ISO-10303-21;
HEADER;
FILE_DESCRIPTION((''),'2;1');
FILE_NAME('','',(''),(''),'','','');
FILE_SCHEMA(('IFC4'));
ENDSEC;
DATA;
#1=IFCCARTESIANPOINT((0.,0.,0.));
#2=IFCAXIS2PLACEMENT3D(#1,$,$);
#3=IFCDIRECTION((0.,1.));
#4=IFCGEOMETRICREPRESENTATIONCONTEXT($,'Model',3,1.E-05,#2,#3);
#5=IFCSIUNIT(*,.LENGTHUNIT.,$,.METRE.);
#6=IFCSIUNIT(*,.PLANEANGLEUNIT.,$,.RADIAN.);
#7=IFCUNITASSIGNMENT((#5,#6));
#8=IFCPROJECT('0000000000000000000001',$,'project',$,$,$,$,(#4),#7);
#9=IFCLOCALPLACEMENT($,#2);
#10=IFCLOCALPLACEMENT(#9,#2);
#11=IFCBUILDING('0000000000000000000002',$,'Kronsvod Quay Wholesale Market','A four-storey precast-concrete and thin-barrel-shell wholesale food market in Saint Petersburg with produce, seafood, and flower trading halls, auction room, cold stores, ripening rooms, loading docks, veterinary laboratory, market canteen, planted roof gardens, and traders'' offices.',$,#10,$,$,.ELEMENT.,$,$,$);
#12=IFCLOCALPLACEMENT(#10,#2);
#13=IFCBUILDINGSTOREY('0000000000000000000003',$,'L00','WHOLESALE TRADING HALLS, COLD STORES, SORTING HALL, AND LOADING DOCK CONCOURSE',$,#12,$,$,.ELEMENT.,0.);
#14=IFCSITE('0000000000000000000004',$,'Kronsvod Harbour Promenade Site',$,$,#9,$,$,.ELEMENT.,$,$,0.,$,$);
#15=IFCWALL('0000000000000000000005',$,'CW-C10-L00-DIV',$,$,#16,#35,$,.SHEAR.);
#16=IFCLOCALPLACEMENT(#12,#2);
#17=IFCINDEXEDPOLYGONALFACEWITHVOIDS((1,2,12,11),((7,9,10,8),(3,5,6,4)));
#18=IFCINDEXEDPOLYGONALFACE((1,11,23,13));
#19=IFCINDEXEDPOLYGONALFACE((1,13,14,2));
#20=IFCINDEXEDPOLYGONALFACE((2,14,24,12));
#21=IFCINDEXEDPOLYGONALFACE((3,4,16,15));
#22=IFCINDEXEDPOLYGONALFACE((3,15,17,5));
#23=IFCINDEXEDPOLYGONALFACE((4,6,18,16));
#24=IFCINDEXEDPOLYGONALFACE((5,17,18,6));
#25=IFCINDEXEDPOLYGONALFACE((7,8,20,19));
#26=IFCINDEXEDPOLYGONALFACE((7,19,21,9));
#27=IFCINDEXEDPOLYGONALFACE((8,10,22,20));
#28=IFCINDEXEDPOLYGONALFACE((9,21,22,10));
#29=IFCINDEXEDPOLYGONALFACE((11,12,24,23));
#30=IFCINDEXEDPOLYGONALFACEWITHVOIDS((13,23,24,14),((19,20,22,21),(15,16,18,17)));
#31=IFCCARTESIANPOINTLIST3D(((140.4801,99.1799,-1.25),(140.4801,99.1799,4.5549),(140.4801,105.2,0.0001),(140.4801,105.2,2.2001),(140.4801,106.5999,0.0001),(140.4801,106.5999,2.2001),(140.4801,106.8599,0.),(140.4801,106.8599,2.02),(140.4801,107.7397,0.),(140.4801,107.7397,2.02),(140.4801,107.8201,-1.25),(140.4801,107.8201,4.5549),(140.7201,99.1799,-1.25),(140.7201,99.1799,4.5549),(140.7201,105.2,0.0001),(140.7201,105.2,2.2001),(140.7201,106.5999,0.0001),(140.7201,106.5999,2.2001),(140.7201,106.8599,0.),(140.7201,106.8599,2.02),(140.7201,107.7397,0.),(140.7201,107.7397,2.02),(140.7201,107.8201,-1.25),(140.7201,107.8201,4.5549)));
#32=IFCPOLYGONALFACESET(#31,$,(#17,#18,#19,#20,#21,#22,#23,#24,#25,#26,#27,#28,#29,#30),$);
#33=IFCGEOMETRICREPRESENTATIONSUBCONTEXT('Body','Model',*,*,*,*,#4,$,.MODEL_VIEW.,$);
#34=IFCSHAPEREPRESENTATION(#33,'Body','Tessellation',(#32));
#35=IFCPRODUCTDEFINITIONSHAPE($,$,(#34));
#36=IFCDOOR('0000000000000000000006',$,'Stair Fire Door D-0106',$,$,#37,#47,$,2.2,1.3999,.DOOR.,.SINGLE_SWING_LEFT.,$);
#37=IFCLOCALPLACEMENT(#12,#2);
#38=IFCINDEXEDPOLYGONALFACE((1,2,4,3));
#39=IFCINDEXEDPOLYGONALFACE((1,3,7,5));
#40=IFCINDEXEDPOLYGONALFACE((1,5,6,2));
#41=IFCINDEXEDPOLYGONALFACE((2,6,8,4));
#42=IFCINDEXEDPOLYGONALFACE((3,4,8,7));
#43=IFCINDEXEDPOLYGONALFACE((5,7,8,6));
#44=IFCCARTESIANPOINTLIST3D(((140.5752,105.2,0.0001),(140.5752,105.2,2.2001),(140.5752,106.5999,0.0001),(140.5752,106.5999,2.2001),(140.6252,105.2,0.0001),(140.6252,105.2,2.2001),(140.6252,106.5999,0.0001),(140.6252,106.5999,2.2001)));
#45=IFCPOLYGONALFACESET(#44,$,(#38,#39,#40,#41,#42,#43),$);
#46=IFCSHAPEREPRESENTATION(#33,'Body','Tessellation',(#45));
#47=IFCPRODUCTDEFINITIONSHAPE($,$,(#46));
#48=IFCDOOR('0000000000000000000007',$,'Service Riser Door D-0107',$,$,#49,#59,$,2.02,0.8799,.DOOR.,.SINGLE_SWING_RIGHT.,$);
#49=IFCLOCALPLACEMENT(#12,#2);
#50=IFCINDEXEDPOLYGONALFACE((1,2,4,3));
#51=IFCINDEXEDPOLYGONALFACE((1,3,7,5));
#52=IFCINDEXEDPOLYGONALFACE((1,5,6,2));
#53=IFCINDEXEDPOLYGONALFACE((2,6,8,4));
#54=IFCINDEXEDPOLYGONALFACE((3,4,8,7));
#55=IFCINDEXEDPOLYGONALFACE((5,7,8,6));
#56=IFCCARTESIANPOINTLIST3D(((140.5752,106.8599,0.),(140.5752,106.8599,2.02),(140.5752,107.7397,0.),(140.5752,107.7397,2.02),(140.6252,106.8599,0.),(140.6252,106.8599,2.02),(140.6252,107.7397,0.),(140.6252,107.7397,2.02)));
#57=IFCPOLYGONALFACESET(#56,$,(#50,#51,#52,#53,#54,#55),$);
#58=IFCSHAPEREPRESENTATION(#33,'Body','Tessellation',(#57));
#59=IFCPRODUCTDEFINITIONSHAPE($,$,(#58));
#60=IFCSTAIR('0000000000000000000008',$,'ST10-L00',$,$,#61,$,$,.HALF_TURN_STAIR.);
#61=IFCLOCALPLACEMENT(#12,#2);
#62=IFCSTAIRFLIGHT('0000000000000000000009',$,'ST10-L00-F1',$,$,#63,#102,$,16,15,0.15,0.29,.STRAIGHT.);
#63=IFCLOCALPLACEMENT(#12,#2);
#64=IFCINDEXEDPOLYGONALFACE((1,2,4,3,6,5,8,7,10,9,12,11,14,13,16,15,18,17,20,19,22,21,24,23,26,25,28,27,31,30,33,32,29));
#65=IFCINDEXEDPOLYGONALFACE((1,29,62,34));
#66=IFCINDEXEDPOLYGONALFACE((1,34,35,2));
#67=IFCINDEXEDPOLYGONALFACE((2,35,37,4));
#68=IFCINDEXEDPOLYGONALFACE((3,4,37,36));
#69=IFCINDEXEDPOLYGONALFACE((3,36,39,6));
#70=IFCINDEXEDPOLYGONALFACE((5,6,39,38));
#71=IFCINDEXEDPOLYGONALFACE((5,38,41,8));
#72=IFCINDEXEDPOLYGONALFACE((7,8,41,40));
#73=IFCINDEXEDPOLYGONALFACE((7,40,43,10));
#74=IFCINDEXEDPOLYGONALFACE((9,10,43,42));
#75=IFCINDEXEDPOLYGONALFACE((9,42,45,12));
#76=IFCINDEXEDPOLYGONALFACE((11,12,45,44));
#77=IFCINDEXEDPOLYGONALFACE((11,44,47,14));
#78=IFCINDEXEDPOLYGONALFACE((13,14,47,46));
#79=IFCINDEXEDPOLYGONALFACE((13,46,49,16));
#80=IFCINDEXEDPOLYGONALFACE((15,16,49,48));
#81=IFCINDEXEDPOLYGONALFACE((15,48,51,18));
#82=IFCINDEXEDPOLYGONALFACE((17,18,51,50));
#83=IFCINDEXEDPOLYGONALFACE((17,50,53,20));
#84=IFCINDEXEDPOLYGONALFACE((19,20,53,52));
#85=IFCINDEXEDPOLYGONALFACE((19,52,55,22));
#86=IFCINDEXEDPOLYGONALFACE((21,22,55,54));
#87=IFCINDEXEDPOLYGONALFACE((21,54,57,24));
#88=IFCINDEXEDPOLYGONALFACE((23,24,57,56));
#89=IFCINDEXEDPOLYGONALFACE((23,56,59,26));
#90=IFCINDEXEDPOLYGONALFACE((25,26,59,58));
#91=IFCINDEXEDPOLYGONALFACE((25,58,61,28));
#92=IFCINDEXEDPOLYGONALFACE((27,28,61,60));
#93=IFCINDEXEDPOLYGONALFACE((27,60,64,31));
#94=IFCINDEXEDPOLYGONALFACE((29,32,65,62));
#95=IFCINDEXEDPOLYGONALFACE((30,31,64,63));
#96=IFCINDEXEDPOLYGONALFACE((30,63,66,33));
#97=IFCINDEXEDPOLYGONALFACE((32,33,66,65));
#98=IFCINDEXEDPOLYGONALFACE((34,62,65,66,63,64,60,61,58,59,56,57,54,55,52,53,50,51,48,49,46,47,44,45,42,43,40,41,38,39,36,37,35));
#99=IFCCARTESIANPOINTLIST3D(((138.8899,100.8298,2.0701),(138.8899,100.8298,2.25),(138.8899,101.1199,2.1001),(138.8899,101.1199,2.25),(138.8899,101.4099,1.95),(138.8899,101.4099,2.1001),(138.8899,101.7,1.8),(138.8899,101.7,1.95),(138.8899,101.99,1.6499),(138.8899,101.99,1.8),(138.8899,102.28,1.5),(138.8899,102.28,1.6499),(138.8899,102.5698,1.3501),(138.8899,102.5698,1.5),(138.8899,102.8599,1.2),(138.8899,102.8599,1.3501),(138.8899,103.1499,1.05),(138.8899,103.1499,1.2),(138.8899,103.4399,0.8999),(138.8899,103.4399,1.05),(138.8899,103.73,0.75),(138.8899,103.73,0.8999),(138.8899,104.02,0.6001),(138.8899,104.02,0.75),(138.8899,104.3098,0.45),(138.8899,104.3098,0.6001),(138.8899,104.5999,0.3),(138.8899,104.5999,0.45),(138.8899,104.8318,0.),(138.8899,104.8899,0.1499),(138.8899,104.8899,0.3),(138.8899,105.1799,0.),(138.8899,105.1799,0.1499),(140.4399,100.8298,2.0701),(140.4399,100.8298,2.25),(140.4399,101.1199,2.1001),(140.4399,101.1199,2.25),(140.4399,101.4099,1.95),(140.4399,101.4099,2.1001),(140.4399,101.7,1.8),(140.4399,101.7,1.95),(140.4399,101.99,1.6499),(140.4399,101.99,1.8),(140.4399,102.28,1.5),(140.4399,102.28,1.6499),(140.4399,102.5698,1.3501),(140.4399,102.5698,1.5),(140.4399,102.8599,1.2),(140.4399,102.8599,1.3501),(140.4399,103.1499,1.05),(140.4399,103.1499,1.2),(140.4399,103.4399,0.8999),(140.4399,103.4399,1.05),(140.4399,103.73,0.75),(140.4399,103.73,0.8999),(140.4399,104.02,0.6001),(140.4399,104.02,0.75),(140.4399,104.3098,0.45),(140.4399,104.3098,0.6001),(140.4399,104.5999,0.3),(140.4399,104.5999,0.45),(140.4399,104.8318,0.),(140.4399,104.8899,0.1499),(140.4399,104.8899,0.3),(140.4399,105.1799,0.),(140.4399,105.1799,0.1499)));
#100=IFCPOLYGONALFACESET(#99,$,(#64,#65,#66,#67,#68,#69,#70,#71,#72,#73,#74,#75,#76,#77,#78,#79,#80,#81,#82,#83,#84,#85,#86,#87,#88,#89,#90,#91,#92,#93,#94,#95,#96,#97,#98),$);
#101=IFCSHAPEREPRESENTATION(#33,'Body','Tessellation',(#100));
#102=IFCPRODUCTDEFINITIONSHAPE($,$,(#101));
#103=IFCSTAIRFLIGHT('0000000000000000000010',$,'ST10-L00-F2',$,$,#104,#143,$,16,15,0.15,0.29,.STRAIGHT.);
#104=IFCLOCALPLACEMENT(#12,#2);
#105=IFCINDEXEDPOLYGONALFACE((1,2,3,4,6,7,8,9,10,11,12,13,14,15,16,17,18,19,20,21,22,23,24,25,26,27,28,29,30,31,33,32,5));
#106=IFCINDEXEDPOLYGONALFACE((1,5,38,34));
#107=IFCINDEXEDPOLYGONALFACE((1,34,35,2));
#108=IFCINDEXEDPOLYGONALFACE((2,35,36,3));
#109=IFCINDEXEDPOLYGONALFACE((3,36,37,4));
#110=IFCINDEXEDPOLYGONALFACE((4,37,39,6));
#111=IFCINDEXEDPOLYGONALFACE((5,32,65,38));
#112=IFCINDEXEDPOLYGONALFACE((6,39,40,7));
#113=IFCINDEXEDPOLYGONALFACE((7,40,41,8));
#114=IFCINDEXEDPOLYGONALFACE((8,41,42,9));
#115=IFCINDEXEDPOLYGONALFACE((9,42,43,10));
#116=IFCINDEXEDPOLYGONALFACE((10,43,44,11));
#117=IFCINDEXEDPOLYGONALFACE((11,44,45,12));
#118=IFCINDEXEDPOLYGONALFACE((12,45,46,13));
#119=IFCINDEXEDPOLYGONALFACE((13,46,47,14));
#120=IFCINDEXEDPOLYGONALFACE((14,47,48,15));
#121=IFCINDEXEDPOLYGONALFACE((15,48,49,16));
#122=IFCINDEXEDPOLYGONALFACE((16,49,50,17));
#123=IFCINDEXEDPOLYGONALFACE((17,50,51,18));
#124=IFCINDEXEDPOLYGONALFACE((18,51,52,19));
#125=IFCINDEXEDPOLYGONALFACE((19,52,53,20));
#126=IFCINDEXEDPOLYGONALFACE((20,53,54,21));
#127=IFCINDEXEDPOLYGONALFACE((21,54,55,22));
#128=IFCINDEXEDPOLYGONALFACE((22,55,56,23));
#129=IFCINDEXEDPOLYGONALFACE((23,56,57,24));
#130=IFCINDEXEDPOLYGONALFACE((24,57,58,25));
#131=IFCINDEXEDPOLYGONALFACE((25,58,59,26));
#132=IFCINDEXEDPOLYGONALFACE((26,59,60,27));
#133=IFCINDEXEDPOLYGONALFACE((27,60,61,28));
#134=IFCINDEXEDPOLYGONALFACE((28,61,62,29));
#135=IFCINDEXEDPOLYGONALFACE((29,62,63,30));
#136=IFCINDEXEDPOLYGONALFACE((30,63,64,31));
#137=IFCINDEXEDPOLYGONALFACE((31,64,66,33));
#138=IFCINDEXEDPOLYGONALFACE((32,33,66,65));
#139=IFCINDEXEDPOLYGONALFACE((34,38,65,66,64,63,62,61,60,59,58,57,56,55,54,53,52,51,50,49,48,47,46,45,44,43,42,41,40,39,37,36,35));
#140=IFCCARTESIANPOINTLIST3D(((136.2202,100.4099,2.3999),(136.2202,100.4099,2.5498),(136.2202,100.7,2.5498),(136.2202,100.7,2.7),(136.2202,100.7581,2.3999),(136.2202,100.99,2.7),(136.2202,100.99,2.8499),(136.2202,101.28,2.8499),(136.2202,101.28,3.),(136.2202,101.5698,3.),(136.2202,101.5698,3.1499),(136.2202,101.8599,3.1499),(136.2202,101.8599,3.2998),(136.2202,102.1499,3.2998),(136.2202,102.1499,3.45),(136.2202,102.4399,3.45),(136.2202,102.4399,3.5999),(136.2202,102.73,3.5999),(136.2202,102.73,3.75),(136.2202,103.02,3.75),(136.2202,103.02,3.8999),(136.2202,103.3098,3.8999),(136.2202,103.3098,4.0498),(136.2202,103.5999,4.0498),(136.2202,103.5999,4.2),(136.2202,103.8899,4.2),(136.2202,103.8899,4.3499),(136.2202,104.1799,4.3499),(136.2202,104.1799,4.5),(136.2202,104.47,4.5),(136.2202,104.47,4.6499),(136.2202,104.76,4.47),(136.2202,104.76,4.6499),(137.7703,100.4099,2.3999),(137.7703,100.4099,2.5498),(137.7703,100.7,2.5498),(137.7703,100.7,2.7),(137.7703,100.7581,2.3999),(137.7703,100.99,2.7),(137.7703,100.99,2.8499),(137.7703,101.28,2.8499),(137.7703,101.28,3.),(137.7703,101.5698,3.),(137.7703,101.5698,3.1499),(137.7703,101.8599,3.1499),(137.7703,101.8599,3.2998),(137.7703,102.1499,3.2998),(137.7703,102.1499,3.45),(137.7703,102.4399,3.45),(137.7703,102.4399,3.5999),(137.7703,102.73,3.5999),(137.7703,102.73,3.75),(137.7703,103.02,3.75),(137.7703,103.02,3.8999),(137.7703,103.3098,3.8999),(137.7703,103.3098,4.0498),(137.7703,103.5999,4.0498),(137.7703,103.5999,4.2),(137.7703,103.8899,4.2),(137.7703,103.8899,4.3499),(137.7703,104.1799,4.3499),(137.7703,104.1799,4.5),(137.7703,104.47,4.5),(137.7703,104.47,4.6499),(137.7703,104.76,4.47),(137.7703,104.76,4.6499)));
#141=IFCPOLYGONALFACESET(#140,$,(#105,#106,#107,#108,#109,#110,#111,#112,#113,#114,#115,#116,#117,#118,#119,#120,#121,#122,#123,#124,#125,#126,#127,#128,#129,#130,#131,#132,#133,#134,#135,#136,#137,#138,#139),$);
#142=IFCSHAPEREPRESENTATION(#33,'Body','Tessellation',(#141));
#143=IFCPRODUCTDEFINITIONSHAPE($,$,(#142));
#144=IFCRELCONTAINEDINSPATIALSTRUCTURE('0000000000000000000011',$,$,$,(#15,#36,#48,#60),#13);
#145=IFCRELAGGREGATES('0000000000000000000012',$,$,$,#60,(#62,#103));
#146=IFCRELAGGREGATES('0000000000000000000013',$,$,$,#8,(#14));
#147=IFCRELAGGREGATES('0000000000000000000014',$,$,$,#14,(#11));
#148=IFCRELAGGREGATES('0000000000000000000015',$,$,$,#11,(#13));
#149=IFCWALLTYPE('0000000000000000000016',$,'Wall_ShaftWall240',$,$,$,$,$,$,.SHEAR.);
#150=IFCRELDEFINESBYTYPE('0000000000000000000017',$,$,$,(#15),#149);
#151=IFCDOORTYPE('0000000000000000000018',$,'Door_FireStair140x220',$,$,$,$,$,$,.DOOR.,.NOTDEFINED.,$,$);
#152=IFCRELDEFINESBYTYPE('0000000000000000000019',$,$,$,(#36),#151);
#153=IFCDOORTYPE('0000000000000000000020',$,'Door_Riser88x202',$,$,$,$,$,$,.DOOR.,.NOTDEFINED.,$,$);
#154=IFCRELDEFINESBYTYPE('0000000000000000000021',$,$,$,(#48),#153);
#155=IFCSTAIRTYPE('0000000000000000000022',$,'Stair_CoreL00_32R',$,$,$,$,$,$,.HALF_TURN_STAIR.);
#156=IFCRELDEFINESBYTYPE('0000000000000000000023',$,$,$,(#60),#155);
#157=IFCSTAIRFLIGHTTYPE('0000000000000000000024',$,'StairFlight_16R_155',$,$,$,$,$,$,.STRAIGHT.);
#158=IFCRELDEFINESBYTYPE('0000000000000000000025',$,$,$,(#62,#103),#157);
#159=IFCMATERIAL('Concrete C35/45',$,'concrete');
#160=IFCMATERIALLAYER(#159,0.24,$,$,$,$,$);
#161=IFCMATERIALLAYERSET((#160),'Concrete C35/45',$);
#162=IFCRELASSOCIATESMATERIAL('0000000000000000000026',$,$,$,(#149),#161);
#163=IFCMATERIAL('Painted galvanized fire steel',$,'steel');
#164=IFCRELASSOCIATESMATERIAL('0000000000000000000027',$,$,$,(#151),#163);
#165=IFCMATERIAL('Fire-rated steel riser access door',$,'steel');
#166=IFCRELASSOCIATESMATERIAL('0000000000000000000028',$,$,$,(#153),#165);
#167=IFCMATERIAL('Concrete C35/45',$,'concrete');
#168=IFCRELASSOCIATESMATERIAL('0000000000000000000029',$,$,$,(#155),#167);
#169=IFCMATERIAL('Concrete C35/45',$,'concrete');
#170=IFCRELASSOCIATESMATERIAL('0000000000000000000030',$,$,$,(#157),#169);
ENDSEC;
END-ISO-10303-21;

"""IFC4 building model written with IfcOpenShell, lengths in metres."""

from ifc_helpers import new_model, si_unit, direction, frame, frame_2d, origin, place, context, subcontext, project, spatial, polyline, rectangle, outline, extrude, material, layer, layer_set, type_object, element, fill, aggregate, save


model = new_model("IFC4")

# Units and contexts
model_context = context("Model", 3, precision=1e-05, world=origin(), true_north=direction((0.0, 1.0)))
body_context = subcontext(model_context, "Body", "Model", "MODEL_VIEW")
ifc_project = project(units=[si_unit("LENGTHUNIT", "METRE"), si_unit("PLANEANGLEUNIT", "RADIAN")], contexts=[model_context])

# Site, building, storey
site_placement = place(None, origin())
site = spatial("IfcSite", under=ifc_project, at=site_placement, Name="Kronsvod Harbour Promenade Site", CompositionType="ELEMENT", RefElevation=0.0)
building_placement = place(site_placement, origin())
building = spatial("IfcBuilding", under=site, at=building_placement, Name="Kronsvod Quay Wholesale Market", Description="A four-storey precast-concrete and thin-barrel-shell wholesale food market in Saint Petersburg with produce, seafood, and flower trading halls, auction room, cold stores, ripening rooms, loading docks, veterinary laboratory, market canteen, planted roof gardens, and traders' offices.", CompositionType="ELEMENT")
storey_placement = place(building_placement, origin())
storey = spatial("IfcBuildingStorey", under=building, at=storey_placement, Name="L00", Description="WHOLESALE TRADING HALLS, COLD STORES, SORTING HALL, AND LOADING DOCK CONCOURSE", CompositionType="ELEMENT", Elevation=0.0)

# Wall, openings, doors
ifc_material_1 = material(Name="Concrete C35/45", Category="concrete")
ifc_layer_1 = layer(ifc_material_1, 0.24)
ifc_layer_set_1 = layer_set([ifc_layer_1], Name="Concrete C35/45")
wall_type_1 = type_object("IfcWallType", Name="Wall_ShaftWall240", PredefinedType="SHEAR", material=ifc_layer_set_1)
wall_1_placement = place(storey_placement, frame((140.6001, 99.1799, -1.25), z_axis=(0.0, 0.0, 1.0), x_axis=(0.0, 1.0, 0.0)))
wall_1 = element("IfcWall", 1, at=wall_1_placement, inside=storey, type_object=wall_type_1, Name="CW-C10-L00-DIV", PredefinedType="SHEAR", context=body_context, shape_type="SweptSolid", body=[
    extrude(rectangle(XDim=8.6401, YDim=0.24, at=frame_2d((4.3201, 0.0))), origin(), (0.0, 0.0, 1.0), 5.8049),
])
opening_1_placement = place(wall_1_placement, frame((6.02, 0.0, 1.25)))
opening_1 = element("IfcOpeningElement", 2, at=opening_1_placement, cuts=wall_1, PredefinedType="OPENING", context=body_context, shape_type="SweptSolid", body=[
    extrude(rectangle(XDim=1.3999, YDim=2.2, at=frame_2d((0.7, 1.1001))), frame((0.0, 0.1299, 0.0), z_axis=(0.0, -1.0, 0.0), x_axis=(1.0, 0.0, 0.0)), (0.0, 0.0, 1.0), 0.26),
])
opening_2_placement = place(wall_1_placement, frame((7.6799, 0.0, 1.25)))
opening_2 = element("IfcOpeningElement", 3, at=opening_2_placement, cuts=wall_1, PredefinedType="OPENING", context=body_context, shape_type="SweptSolid", body=[
    extrude(rectangle(XDim=0.8799, YDim=2.02, at=frame_2d((0.4399, 1.01))), frame((0.0, 0.1299, 0.0), z_axis=(0.0, -1.0, 0.0), x_axis=(1.0, 0.0, 0.0)), (0.0, 0.0, 1.0), 0.26),
])
ifc_material_2 = material(Name="Painted galvanized fire steel", Category="steel")
door_type_1 = type_object("IfcDoorType", Name="Door_FireStair140x220", OperationType="NOTDEFINED", PredefinedType="DOOR", material=ifc_material_2)
door_1_placement = place(opening_1_placement, origin())
door_1 = element("IfcDoor", 4, at=door_1_placement, inside=storey, type_object=door_type_1, Name="Stair Fire Door D-0106", OperationType="SINGLE_SWING_LEFT", OverallHeight=2.2, OverallWidth=1.3999, PredefinedType="DOOR", context=body_context, shape_type="SweptSolid", body=[
    extrude(rectangle(XDim=1.3999, YDim=2.2, at=frame_2d((0.7, 1.1001))), frame((0.0, 0.0249, 0.0), z_axis=(0.0, -1.0, 0.0), x_axis=(1.0, 0.0, 0.0)), (0.0, 0.0, 1.0), 0.05),
])
fill(opening_1, door_1)
ifc_material_3 = material(Name="Fire-rated steel riser access door", Category="steel")
door_type_2 = type_object("IfcDoorType", Name="Door_Riser88x202", OperationType="NOTDEFINED", PredefinedType="DOOR", material=ifc_material_3)
door_2_placement = place(opening_2_placement, origin())
door_2 = element("IfcDoor", 5, at=door_2_placement, inside=storey, type_object=door_type_2, Name="Service Riser Door D-0107", OperationType="SINGLE_SWING_RIGHT", OverallHeight=2.02, OverallWidth=0.8799, PredefinedType="DOOR", context=body_context, shape_type="SweptSolid", body=[
    extrude(rectangle(XDim=0.8799, YDim=2.02, at=frame_2d((0.4399, 1.01))), frame((0.0, 0.0249, 0.0), z_axis=(0.0, -1.0, 0.0), x_axis=(1.0, 0.0, 0.0)), (0.0, 0.0, 1.0), 0.05),
])
fill(opening_2, door_2)

# Stair, stair flights
ifc_material_4 = material(Name="Concrete C35/45", Category="concrete")
stair_type = type_object("IfcStairType", Name="Stair_CoreL00_32R", PredefinedType="HALF_TURN_STAIR", material=ifc_material_4)
stair_placement = place(storey_placement, origin())
stair = element("IfcStair", 6, at=stair_placement, inside=storey, type_object=stair_type, Name="ST10-L00", PredefinedType="HALF_TURN_STAIR")
ifc_material_5 = material(Name="Concrete C35/45", Category="concrete")
stair_flight_type = type_object("IfcStairFlightType", Name="StairFlight_16R_155", PredefinedType="STRAIGHT", material=ifc_material_5)
stair_flight_1_placement = place(storey_placement, frame((139.665, 105.1799, 0.0), z_axis=(0.0, 0.0, 1.0), x_axis=(0.0, -1.0, 0.0)))
stair_flight_1 = element("IfcStairFlight", 7, at=stair_flight_1_placement, type_object=stair_flight_type, Name="ST10-L00-F1", NumberOfRisers=16, NumberOfTreads=15, PredefinedType="STRAIGHT", RiserHeight=0.15, TreadLength=0.29, context=body_context, shape_type="SweptSolid", body=[
    extrude(outline(polyline([(0.0, 0.0), (0.0, 0.1499), (0.29, 0.1499), (0.29, 0.3), (0.5801, 0.3), (0.5801, 0.45), (0.8701, 0.45), (0.8701, 0.6001), (1.1599, 0.6001), (1.1599, 0.75), (1.45, 0.75), (1.45, 0.8999), (1.74, 0.8999), (1.74, 1.05), (2.03, 1.05), (2.03, 1.2), (2.3201, 1.2), (2.3201, 1.3501), (2.6101, 1.3501), (2.6101, 1.5), (2.8999, 1.5), (2.8999, 1.6499), (3.1899, 1.6499), (3.1899, 1.8), (3.48, 1.8), (3.48, 1.95), (3.77, 1.95), (3.77, 2.1001), (4.0601, 2.1001), (4.0601, 2.25), (4.3501, 2.25), (4.3501, 2.3999), (4.3501, 2.0701), (0.3481, 0.0), (0.0, 0.0)])), frame((0.0, 0.7749, 0.0), z_axis=(0.0, -1.0, 0.0), x_axis=(1.0, 0.0, 0.0)), (0.0, 0.0, 1.0), 1.55),
])
stair_flight_2_placement = place(storey_placement, frame((136.9951, 100.4099, 2.3999), z_axis=(0.0, 0.0, 1.0), x_axis=(0.0, 1.0, 0.0)))
stair_flight_2 = element("IfcStairFlight", 8, at=stair_flight_2_placement, type_object=stair_flight_type, Name="ST10-L00-F2", NumberOfRisers=16, NumberOfTreads=15, PredefinedType="STRAIGHT", RiserHeight=0.15, TreadLength=0.29, context=body_context, shape_type="SweptSolid", body=[
    extrude(outline(polyline([(0.0, 0.0), (0.0, 0.1499), (0.29, 0.1499), (0.29, 0.3), (0.5801, 0.3), (0.5801, 0.45), (0.8701, 0.45), (0.8701, 0.6001), (1.1599, 0.6001), (1.1599, 0.75), (1.45, 0.75), (1.45, 0.8999), (1.74, 0.8999), (1.74, 1.05), (2.03, 1.05), (2.03, 1.2), (2.3201, 1.2), (2.3201, 1.3501), (2.6101, 1.3501), (2.6101, 1.5), (2.8999, 1.5), (2.8999, 1.6499), (3.1899, 1.6499), (3.1899, 1.8), (3.48, 1.8), (3.48, 1.95), (3.77, 1.95), (3.77, 2.1001), (4.0601, 2.1001), (4.0601, 2.25), (4.3501, 2.25), (4.3501, 2.3999), (4.3501, 2.0701), (0.3481, 0.0), (0.0, 0.0)])), frame((0.0, 0.7749, 0.0), z_axis=(0.0, -1.0, 0.0), x_axis=(1.0, 0.0, 0.0)), (0.0, 0.0, 1.0), 1.55),
])
aggregate(stair, [stair_flight_1, stair_flight_2])

save(model, "model.ifc")
